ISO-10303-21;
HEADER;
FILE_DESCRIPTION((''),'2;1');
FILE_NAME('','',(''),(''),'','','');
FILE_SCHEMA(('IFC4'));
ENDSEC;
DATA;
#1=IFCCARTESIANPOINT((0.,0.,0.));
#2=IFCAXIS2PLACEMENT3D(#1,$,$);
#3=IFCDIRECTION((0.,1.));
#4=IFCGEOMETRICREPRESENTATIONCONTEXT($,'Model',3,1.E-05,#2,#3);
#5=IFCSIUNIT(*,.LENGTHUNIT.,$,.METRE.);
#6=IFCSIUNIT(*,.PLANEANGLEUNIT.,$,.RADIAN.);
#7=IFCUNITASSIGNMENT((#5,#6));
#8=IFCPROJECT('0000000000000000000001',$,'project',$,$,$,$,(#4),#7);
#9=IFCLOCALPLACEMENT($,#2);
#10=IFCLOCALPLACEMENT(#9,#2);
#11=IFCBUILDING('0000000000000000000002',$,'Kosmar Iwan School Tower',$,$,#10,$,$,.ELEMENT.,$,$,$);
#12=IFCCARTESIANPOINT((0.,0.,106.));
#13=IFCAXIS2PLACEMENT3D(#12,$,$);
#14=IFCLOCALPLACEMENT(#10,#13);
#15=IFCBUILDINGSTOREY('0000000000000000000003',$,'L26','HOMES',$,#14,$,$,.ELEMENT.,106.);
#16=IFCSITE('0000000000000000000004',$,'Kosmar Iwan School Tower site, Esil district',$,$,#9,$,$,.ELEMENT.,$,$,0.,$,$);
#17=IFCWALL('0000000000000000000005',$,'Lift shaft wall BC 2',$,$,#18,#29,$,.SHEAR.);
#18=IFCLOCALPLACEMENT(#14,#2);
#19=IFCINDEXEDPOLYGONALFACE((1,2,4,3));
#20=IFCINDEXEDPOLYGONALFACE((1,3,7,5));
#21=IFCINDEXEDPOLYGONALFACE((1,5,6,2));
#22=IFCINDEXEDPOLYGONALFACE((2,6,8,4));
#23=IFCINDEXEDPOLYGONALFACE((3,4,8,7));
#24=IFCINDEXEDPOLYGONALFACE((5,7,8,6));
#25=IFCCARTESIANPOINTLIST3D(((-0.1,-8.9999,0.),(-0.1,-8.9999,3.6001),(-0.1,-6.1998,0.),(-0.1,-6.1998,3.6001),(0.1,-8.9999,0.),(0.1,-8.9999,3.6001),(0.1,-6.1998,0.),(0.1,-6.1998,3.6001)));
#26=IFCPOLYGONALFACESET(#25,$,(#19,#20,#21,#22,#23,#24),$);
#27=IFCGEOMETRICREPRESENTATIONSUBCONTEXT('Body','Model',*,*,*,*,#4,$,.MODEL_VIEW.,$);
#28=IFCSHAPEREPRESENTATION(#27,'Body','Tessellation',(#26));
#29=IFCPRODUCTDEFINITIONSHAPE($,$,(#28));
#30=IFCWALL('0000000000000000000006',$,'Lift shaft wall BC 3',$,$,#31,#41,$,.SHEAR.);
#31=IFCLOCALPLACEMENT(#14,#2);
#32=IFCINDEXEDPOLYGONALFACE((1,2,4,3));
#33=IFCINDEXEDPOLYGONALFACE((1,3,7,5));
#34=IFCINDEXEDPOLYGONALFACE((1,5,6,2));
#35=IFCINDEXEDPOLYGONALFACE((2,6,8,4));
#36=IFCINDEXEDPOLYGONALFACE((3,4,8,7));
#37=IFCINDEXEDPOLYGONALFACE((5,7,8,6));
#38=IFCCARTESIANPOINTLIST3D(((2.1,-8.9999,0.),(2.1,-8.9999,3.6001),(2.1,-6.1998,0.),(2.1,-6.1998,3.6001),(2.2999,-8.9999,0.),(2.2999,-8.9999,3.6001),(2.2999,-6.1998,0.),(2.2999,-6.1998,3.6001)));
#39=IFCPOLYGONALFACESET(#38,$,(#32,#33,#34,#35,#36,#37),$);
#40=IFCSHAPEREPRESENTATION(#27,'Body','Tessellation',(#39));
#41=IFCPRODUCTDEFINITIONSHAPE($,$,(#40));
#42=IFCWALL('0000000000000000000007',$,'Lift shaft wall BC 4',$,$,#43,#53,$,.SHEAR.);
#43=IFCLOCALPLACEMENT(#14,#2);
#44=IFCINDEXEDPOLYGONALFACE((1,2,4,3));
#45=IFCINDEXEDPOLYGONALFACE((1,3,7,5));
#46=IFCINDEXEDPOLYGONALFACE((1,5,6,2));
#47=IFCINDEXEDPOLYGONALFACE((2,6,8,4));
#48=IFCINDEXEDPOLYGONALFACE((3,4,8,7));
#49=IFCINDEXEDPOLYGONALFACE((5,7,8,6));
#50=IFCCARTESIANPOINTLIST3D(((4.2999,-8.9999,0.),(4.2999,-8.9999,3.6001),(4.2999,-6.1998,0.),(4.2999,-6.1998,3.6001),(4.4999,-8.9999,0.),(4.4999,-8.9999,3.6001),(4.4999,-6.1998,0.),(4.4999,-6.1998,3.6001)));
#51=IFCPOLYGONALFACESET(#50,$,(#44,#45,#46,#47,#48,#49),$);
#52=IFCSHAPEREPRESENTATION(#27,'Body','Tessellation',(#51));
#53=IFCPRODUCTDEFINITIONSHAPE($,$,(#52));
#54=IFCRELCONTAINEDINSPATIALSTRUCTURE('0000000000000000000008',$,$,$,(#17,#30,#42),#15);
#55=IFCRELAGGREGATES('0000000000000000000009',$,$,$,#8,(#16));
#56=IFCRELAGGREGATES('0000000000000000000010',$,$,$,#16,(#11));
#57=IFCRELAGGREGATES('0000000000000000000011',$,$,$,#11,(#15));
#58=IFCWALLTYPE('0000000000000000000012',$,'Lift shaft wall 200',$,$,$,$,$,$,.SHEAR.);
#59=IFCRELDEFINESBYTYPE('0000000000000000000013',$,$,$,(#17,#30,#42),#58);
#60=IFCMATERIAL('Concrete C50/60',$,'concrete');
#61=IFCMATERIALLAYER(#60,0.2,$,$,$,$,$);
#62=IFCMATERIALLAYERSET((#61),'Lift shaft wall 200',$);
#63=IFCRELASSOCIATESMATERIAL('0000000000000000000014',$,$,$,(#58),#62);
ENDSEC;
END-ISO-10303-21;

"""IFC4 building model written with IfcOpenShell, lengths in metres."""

from ifc_helpers import new_model, si_unit, direction, frame, frame_2d, origin, place, context, subcontext, project, spatial, rectangle, extrude, material, layer, layer_set, type_object, element, save


model = new_model("IFC4")

# Units and contexts
model_context = context("Model", 3, precision=1e-05, world=origin(), true_north=direction((0.0, 1.0)))
body_context = subcontext(model_context, "Body", "Model", "MODEL_VIEW")
ifc_project = project(units=[si_unit("LENGTHUNIT", "METRE"), si_unit("PLANEANGLEUNIT", "RADIAN")], contexts=[model_context])

# Site, building, storey
site_placement = place(None, origin())
site = spatial("IfcSite", under=ifc_project, at=site_placement, Name="Kosmar Iwan School Tower site, Esil district", CompositionType="ELEMENT", RefElevation=0.0)
building_placement = place(site_placement, origin())
building = spatial("IfcBuilding", under=site, at=building_placement, Name="Kosmar Iwan School Tower", CompositionType="ELEMENT")
storey_placement = place(building_placement, frame((0.0, 0.0, 106.0)))
storey = spatial("IfcBuildingStorey", under=building, at=storey_placement, Name="L26", Description="HOMES", CompositionType="ELEMENT", Elevation=106.0)

# Walls
ifc_material_1 = material(Name="Concrete C50/60", Category="concrete")
ifc_layer_1 = layer(ifc_material_1, 0.2)
ifc_layer_set_1 = layer_set([ifc_layer_1], Name="Lift shaft wall 200")
wall_type_1 = type_object("IfcWallType", Name="Lift shaft wall 200", PredefinedType="SHEAR", material=ifc_layer_set_1)
for number, where, z_axis, x_axis, name in (
    (1, (0.0, -6.2, 0.0), (0.0, 0.0, 1.0), (0.0, -1.0, 0.0), "Lift shaft wall BC 2"),
    (2, (2.2, -6.2, 0.0), (0.0, 0.0, 1.0), (0.0, -1.0, 0.0), "Lift shaft wall BC 3"),
    (3, (4.3999, -6.2, 0.0), (0.0, 0.0, 1.0), (0.0, -1.0, 0.0), "Lift shaft wall BC 4"),
):
    element("IfcWall", number, at=place(storey_placement, frame(where, z_axis=z_axis, x_axis=x_axis)), inside=storey, type_object=wall_type_1, Name=name, PredefinedType="SHEAR", context=body_context, shape_type="SweptSolid", body=[
        extrude(rectangle(XDim=2.8, YDim=0.2, at=frame_2d((1.3999, 0.0))), origin(), (0.0, 0.0, 1.0), 3.6001),
    ])

save(model, "model.ifc")
